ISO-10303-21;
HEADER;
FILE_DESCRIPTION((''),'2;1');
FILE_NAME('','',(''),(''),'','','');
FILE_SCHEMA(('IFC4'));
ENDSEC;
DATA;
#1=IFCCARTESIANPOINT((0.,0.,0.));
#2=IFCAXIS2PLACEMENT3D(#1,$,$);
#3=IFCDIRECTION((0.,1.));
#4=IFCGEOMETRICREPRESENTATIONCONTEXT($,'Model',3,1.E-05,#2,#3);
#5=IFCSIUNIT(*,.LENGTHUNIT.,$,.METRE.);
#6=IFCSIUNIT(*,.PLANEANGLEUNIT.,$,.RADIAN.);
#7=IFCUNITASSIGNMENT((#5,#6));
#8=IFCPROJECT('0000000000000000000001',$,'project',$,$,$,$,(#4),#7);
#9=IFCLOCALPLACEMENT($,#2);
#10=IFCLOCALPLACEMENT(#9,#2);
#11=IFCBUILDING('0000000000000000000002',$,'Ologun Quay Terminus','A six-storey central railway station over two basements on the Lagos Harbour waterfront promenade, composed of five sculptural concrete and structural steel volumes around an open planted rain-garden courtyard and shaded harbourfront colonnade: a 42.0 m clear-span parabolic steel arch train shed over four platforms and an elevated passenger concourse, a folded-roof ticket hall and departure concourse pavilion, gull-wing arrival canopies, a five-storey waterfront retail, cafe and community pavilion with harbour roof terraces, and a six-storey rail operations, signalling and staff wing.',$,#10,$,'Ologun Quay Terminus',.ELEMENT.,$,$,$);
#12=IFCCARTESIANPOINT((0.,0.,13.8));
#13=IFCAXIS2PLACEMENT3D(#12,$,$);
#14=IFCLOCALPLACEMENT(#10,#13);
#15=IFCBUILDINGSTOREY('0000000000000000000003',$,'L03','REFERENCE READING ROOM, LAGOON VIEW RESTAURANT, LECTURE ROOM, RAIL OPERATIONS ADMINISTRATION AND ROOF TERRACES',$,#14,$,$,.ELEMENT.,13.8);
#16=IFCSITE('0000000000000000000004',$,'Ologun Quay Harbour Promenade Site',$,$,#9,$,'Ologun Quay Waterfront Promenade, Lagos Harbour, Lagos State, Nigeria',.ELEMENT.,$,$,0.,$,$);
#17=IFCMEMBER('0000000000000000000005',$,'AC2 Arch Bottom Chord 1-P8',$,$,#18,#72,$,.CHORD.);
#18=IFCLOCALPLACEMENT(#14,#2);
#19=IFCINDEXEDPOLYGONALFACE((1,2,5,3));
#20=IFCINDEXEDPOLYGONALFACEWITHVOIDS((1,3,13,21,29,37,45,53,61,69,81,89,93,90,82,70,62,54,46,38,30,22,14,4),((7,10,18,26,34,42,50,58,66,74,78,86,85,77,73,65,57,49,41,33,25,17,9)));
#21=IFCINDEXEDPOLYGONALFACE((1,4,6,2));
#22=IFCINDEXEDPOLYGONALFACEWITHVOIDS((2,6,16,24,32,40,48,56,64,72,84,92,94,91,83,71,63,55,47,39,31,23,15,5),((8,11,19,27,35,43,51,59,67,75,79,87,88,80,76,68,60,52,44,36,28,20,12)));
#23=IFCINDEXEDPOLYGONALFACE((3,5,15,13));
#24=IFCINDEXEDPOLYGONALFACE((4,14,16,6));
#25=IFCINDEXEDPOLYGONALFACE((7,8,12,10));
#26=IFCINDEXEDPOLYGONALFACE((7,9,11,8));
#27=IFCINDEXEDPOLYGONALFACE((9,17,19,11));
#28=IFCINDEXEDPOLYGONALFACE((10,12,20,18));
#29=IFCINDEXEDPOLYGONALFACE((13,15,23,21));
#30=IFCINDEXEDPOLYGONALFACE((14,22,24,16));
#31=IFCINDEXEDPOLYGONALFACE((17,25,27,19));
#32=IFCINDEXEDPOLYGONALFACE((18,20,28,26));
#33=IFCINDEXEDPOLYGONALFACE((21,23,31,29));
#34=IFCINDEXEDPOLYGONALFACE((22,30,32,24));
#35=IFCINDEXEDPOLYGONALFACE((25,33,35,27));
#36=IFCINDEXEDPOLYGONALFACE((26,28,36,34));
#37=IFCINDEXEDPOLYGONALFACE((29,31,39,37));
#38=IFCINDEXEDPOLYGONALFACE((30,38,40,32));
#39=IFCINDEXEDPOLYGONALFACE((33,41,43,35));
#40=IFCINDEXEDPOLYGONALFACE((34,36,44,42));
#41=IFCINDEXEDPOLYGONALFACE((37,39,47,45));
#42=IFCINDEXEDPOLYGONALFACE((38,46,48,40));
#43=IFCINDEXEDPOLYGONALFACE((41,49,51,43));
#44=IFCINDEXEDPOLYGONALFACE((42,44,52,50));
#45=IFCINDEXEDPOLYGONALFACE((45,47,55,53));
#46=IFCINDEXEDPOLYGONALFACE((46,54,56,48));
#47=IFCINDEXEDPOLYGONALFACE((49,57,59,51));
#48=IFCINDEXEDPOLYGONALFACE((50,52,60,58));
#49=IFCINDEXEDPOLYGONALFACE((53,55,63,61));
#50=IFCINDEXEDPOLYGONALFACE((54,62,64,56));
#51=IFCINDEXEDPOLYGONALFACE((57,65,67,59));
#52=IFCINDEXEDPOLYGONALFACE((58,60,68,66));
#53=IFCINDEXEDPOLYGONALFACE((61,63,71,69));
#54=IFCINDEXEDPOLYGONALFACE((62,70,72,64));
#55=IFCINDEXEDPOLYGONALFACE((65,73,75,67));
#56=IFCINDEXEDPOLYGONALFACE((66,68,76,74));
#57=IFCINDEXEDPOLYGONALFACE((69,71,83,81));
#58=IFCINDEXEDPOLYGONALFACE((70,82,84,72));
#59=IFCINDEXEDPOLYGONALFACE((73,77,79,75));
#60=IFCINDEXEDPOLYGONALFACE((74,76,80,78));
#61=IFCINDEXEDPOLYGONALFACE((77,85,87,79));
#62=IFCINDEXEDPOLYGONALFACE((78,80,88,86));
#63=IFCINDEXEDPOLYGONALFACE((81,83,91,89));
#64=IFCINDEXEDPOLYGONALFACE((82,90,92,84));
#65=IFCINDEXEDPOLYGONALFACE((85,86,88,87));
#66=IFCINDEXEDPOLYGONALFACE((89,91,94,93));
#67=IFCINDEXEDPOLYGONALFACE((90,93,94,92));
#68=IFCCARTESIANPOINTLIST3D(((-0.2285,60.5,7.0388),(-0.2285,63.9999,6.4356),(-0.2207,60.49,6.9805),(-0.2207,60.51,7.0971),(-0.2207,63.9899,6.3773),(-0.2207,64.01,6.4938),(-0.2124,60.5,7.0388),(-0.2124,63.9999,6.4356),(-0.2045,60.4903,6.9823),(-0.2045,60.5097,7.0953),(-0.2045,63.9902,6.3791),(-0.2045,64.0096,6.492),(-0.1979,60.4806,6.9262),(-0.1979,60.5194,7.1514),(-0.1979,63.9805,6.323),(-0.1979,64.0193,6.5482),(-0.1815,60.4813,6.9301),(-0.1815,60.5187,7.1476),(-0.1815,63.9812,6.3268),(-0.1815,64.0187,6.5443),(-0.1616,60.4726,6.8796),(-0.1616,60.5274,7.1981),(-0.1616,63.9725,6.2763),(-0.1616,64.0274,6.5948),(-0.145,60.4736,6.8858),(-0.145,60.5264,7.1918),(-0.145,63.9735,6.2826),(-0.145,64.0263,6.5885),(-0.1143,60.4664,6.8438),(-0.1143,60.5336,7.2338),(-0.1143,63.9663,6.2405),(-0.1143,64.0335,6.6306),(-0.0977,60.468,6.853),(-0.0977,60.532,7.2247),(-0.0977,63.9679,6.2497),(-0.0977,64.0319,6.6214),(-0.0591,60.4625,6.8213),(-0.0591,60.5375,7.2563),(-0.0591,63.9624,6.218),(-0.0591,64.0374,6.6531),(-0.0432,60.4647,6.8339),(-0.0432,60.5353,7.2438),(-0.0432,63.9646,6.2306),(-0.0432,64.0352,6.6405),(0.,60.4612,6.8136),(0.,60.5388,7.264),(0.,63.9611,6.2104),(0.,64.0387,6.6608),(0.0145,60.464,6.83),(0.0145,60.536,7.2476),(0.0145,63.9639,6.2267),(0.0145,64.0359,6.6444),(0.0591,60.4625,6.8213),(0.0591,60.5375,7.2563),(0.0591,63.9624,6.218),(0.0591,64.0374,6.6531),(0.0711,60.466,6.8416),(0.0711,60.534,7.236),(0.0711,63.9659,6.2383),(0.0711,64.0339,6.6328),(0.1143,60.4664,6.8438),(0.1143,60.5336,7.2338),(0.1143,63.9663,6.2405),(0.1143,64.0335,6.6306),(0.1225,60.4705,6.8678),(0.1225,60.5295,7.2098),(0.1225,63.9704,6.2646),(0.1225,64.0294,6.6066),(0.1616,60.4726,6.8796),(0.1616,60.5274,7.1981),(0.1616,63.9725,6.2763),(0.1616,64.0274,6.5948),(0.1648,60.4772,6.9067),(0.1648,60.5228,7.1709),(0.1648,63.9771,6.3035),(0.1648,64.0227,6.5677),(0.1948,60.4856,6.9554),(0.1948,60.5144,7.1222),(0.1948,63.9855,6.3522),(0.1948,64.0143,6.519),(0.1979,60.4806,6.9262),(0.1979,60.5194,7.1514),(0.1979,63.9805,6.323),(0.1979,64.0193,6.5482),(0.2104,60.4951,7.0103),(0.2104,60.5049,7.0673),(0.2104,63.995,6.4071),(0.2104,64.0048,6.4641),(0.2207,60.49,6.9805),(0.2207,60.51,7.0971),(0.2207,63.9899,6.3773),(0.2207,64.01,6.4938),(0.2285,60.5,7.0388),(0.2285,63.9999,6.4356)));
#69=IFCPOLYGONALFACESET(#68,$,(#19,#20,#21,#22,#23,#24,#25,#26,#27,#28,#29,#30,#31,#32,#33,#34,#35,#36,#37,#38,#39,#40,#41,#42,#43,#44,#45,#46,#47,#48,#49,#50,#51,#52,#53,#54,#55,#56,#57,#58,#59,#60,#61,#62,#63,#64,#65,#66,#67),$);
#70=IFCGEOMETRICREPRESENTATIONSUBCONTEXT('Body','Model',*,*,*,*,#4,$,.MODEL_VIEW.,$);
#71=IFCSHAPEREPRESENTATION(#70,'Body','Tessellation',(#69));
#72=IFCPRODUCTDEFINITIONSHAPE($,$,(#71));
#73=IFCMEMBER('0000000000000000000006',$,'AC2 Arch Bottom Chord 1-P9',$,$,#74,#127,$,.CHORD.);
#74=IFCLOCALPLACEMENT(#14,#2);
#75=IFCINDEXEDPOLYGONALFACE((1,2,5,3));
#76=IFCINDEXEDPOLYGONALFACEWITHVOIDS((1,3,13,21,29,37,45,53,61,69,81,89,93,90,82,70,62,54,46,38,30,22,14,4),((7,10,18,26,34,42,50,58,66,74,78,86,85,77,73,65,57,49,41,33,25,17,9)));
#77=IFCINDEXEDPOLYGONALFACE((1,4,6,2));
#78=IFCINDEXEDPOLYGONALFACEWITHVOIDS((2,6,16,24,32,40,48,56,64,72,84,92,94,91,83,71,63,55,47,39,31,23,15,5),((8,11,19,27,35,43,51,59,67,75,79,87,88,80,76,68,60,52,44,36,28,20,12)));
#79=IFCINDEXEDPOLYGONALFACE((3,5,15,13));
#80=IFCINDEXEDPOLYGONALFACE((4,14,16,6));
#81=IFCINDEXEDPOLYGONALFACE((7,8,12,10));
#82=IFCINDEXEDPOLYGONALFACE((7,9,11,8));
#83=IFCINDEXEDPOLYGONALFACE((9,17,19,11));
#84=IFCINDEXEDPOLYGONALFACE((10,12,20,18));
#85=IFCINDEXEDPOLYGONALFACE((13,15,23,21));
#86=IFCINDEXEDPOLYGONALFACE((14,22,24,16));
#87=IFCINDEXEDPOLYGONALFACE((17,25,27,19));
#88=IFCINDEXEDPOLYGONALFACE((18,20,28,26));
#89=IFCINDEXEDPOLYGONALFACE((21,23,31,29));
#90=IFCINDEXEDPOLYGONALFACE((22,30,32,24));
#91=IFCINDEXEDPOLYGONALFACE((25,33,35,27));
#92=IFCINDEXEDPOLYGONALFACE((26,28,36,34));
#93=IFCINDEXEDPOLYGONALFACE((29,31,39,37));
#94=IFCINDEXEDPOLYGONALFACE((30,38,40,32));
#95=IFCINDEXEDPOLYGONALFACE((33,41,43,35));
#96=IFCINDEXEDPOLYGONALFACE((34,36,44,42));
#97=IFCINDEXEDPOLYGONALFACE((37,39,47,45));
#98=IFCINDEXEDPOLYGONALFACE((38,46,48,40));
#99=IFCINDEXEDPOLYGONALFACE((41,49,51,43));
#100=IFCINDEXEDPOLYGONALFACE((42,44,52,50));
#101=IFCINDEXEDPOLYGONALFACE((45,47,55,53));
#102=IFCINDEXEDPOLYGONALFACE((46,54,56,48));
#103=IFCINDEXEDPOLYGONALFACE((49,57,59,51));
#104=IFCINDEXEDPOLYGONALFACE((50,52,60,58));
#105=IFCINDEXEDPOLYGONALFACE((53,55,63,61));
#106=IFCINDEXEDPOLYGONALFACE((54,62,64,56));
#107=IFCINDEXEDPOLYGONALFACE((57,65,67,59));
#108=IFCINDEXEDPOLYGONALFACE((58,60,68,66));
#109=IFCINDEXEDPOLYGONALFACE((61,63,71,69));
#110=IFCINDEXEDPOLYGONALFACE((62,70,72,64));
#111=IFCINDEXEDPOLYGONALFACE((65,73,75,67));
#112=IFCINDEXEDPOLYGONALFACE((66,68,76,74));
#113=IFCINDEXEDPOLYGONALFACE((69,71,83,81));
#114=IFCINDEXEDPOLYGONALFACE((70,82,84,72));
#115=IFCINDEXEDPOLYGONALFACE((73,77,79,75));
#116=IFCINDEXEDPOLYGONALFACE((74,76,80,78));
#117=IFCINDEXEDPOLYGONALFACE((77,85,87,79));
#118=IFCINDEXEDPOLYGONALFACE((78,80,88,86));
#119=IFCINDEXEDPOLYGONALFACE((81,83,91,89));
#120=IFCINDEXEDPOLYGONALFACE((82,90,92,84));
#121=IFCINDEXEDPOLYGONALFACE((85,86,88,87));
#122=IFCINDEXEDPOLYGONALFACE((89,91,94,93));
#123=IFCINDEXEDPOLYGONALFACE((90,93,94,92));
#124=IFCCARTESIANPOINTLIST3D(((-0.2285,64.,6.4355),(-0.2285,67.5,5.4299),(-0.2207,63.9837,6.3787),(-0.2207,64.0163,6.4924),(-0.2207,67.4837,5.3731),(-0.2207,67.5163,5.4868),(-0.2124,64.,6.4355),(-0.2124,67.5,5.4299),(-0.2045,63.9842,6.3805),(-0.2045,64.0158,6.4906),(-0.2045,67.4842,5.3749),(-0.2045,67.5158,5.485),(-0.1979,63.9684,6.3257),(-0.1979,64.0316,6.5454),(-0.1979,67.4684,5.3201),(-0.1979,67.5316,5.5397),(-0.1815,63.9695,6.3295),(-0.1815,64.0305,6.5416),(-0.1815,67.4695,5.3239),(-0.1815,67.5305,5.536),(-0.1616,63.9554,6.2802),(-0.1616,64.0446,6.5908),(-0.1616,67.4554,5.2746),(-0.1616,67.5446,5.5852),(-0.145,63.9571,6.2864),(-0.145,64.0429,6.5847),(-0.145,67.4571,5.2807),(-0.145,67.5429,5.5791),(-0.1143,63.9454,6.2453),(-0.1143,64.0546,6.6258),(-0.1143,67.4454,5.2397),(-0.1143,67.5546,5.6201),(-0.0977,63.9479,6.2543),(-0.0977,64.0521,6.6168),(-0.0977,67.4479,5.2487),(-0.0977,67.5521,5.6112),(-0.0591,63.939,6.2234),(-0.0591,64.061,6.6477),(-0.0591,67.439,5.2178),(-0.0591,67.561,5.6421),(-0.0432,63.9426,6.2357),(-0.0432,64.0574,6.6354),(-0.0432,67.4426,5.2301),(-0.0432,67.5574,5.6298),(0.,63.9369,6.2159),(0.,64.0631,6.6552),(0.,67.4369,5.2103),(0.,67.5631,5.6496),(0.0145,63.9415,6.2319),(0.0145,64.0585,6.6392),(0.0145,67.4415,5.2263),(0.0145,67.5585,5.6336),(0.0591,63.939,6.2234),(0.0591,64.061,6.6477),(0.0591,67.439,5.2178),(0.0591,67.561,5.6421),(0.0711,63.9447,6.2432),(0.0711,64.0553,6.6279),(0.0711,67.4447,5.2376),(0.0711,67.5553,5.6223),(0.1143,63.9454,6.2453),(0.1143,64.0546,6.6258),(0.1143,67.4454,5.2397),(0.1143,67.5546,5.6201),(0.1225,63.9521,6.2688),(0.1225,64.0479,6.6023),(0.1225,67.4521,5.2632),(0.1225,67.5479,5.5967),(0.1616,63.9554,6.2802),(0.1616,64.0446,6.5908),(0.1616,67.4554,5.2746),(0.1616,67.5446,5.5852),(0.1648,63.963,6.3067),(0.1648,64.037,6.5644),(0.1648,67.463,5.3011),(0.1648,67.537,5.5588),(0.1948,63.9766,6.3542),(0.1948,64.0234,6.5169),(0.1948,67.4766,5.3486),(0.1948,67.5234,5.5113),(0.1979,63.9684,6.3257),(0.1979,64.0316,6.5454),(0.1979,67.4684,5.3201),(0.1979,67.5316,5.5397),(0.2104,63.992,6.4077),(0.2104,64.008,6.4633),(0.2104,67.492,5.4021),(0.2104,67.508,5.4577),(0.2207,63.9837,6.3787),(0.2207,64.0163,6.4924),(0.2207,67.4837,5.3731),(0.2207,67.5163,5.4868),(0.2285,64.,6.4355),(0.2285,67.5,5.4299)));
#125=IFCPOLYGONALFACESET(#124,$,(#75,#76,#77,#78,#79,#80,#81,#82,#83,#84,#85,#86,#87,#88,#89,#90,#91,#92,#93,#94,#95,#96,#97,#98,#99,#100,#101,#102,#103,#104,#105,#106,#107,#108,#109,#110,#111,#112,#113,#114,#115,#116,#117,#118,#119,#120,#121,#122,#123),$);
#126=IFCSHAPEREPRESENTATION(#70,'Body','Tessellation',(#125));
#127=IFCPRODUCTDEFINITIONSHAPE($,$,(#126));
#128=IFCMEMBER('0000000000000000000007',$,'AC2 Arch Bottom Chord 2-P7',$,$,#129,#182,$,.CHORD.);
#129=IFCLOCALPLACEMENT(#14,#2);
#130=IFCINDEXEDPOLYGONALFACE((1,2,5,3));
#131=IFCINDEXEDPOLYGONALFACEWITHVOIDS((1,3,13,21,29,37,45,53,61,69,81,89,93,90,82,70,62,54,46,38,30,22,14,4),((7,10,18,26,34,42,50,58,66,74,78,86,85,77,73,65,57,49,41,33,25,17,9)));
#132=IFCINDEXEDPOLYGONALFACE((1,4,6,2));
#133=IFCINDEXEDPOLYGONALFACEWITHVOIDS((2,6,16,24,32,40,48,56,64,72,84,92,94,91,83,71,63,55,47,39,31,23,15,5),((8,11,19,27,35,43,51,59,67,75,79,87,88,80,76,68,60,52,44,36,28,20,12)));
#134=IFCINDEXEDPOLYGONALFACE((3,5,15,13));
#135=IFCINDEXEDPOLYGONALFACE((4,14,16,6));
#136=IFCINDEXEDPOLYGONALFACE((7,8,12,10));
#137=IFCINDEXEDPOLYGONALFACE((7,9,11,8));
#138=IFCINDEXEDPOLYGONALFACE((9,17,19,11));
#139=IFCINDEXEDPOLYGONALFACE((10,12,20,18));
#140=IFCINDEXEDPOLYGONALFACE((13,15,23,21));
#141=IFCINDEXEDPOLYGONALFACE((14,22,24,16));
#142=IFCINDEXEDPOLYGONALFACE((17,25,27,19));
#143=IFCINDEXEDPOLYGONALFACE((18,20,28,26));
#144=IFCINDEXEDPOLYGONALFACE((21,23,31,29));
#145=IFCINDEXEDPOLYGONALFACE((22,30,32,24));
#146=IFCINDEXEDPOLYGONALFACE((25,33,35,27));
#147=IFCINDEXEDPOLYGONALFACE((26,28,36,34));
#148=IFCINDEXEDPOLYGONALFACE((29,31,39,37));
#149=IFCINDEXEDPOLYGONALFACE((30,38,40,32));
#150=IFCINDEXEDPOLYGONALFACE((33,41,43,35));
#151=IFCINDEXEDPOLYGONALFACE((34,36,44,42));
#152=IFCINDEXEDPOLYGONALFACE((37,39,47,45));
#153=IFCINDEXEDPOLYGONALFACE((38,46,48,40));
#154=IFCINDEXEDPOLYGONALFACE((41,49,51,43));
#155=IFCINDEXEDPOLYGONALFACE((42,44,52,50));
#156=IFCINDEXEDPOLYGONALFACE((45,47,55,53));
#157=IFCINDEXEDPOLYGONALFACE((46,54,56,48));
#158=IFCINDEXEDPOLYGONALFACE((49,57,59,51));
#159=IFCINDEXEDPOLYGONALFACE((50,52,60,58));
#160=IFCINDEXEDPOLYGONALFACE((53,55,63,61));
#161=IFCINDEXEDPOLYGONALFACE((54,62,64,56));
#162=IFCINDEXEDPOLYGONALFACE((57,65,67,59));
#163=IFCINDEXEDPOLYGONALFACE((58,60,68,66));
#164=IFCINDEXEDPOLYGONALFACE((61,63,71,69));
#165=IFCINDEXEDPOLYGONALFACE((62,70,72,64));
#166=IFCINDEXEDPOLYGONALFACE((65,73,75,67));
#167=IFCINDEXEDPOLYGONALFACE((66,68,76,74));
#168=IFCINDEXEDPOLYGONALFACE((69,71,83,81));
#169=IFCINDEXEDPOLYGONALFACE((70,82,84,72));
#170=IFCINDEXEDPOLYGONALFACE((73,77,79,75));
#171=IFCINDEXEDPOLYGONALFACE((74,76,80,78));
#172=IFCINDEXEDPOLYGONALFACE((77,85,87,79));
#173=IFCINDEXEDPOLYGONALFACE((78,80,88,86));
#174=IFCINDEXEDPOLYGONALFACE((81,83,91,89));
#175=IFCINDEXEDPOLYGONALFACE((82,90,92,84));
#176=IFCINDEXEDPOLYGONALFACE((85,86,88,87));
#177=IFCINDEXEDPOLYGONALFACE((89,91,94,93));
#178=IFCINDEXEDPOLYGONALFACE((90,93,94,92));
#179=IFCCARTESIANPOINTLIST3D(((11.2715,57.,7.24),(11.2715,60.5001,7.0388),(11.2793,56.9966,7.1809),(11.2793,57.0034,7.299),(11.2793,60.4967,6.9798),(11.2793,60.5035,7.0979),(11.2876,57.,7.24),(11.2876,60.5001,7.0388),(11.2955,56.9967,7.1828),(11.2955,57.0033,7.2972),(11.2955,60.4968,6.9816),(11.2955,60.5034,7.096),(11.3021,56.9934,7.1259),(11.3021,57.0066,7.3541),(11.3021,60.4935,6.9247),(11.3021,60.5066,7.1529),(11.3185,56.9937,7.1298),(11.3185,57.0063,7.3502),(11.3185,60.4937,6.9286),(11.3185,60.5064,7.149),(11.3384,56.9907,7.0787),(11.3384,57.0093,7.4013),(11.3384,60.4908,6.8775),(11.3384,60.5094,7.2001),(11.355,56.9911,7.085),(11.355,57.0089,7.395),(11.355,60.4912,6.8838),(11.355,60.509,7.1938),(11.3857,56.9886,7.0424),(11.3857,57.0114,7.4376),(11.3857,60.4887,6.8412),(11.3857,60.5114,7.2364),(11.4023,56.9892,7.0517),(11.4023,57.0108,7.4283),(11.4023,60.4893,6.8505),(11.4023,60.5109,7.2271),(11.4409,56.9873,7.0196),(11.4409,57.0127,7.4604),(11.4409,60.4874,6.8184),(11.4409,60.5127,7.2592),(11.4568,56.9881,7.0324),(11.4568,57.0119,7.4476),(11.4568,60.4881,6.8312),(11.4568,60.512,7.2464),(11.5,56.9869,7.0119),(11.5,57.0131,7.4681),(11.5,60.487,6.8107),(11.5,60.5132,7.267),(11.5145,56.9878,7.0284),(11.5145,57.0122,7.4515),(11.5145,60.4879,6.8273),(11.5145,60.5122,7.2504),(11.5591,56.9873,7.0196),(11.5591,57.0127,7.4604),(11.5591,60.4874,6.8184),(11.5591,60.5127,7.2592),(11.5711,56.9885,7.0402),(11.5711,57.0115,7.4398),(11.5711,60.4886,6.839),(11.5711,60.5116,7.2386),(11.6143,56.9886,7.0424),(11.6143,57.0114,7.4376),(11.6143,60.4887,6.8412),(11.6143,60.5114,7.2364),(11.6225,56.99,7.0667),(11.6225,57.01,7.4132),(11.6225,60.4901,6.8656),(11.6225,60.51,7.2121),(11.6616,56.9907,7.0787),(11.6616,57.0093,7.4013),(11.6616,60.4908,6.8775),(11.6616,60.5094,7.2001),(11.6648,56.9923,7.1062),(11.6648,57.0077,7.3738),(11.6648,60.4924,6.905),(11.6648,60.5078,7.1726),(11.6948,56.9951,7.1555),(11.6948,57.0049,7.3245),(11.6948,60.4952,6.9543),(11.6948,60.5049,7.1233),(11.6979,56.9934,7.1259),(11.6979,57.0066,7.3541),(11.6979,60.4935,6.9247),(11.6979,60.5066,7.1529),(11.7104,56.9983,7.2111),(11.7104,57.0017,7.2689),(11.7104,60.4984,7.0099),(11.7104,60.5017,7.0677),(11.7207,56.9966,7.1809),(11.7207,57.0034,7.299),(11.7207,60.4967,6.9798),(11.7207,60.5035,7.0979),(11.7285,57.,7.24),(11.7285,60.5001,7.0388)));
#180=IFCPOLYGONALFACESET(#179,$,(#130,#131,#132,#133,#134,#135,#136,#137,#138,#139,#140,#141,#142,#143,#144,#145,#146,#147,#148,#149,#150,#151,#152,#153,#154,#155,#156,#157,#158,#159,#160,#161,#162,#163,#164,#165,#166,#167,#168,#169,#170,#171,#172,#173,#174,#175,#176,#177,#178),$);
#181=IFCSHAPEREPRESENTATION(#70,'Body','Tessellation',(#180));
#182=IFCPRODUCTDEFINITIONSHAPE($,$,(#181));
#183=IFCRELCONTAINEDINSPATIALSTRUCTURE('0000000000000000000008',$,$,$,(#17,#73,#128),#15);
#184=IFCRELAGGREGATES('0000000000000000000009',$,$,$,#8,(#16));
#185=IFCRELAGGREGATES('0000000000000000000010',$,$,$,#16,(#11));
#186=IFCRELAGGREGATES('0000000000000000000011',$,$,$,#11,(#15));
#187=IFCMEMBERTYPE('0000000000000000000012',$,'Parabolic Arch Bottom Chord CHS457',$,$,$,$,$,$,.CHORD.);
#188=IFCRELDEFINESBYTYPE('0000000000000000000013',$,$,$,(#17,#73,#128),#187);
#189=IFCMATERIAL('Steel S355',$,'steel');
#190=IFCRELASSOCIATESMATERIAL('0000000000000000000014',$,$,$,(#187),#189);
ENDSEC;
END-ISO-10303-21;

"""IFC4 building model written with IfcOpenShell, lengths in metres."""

from ifc_helpers import new_model, si_unit, direction, frame, origin, origin_2d, place, context, subcontext, project, spatial, hollow_circle, extrude, material, material_profile, profile_set, type_object, element, save


model = new_model("IFC4")

# Units and contexts
model_context = context("Model", 3, precision=1e-05, world=origin(), true_north=direction((0.0, 1.0)))
body_context = subcontext(model_context, "Body", "Model", "MODEL_VIEW")
ifc_project = project(units=[si_unit("LENGTHUNIT", "METRE"), si_unit("PLANEANGLEUNIT", "RADIAN")], contexts=[model_context])

# Site, building, storey
site_placement = place(None, origin())
site = spatial("IfcSite", under=ifc_project, at=site_placement, Name="Ologun Quay Harbour Promenade Site", LongName="Ologun Quay Waterfront Promenade, Lagos Harbour, Lagos State, Nigeria", CompositionType="ELEMENT", RefElevation=0.0)
building_placement = place(site_placement, origin())
building = spatial("IfcBuilding", under=site, at=building_placement, Name="Ologun Quay Terminus", Description="A six-storey central railway station over two basements on the Lagos Harbour waterfront promenade, composed of five sculptural concrete and structural steel volumes around an open planted rain-garden courtyard and shaded harbourfront colonnade: a 42.0 m clear-span parabolic steel arch train shed over four platforms and an elevated passenger concourse, a folded-roof ticket hall and departure concourse pavilion, gull-wing arrival canopies, a five-storey waterfront retail, cafe and community pavilion with harbour roof terraces, and a six-storey rail operations, signalling and staff wing.", LongName="Ologun Quay Terminus", CompositionType="ELEMENT")
storey_placement = place(building_placement, frame((0.0, 0.0, 13.8)))
storey = spatial("IfcBuildingStorey", under=building, at=storey_placement, Name="L03", Description="REFERENCE READING ROOM, LAGOON VIEW RESTAURANT, LECTURE ROOM, RAIL OPERATIONS ADMINISTRATION AND ROOF TERRACES", CompositionType="ELEMENT", Elevation=13.8)

# Members
ifc_material_1 = material(Name="Steel S355", Category="steel")
ifc_material_profile_1 = material_profile(ifc_material_1, hollow_circle(Radius=0.2285, WallThickness=0.0161, at=origin_2d()), Name="CHS 457x16")
ifc_profile_set_1 = profile_set([ifc_material_profile_1], Name="Steel S355")
member_type_1 = type_object("IfcMemberType", Name="Parabolic Arch Bottom Chord CHS457", PredefinedType="CHORD", material=ifc_profile_set_1)
member_1_placement = place(storey_placement, frame((0.0, 60.5, 7.0388), z_axis=(0.0, 0.985468, -0.169859), x_axis=(-1.0, 0.0, 0.0)))
element("IfcMember", 1, at=member_1_placement, inside=storey, type_object=member_type_1, Name="AC2 Arch Bottom Chord 1-P8", PredefinedType="CHORD", context=body_context, shape_type="SweptSolid", body=[
    extrude(hollow_circle(Radius=0.2285, WallThickness=0.0161, at=origin_2d()), origin(), (0.0, 0.0, 1.0), 3.5515),
])
member_2_placement = place(storey_placement, frame((0.0, 64.0, 6.4355), z_axis=(0.0, 0.961116, -0.276146), x_axis=(-1.0, 0.0, 0.0)))
element("IfcMember", 2, at=member_2_placement, inside=storey, type_object=member_type_1, Name="AC2 Arch Bottom Chord 1-P9", PredefinedType="CHORD", context=body_context, shape_type="SweptSolid", body=[
    extrude(hollow_circle(Radius=0.2285, WallThickness=0.0161, at=origin_2d()), origin(), (0.0, 0.0, 1.0), 3.6416),
])
member_3_placement = place(storey_placement, frame((11.5, 57.0, 7.24), z_axis=(0.0, 0.998352, -0.057383), x_axis=(-1.0, 0.0, 0.0)))
element("IfcMember", 3, at=member_3_placement, inside=storey, type_object=member_type_1, Name="AC2 Arch Bottom Chord 2-P7", PredefinedType="CHORD", context=body_context, shape_type="SweptSolid", body=[
    extrude(hollow_circle(Radius=0.2285, WallThickness=0.0161, at=origin_2d()), origin(), (0.0, 0.0, 1.0), 3.5059),
])

save(model, "model.ifc")
